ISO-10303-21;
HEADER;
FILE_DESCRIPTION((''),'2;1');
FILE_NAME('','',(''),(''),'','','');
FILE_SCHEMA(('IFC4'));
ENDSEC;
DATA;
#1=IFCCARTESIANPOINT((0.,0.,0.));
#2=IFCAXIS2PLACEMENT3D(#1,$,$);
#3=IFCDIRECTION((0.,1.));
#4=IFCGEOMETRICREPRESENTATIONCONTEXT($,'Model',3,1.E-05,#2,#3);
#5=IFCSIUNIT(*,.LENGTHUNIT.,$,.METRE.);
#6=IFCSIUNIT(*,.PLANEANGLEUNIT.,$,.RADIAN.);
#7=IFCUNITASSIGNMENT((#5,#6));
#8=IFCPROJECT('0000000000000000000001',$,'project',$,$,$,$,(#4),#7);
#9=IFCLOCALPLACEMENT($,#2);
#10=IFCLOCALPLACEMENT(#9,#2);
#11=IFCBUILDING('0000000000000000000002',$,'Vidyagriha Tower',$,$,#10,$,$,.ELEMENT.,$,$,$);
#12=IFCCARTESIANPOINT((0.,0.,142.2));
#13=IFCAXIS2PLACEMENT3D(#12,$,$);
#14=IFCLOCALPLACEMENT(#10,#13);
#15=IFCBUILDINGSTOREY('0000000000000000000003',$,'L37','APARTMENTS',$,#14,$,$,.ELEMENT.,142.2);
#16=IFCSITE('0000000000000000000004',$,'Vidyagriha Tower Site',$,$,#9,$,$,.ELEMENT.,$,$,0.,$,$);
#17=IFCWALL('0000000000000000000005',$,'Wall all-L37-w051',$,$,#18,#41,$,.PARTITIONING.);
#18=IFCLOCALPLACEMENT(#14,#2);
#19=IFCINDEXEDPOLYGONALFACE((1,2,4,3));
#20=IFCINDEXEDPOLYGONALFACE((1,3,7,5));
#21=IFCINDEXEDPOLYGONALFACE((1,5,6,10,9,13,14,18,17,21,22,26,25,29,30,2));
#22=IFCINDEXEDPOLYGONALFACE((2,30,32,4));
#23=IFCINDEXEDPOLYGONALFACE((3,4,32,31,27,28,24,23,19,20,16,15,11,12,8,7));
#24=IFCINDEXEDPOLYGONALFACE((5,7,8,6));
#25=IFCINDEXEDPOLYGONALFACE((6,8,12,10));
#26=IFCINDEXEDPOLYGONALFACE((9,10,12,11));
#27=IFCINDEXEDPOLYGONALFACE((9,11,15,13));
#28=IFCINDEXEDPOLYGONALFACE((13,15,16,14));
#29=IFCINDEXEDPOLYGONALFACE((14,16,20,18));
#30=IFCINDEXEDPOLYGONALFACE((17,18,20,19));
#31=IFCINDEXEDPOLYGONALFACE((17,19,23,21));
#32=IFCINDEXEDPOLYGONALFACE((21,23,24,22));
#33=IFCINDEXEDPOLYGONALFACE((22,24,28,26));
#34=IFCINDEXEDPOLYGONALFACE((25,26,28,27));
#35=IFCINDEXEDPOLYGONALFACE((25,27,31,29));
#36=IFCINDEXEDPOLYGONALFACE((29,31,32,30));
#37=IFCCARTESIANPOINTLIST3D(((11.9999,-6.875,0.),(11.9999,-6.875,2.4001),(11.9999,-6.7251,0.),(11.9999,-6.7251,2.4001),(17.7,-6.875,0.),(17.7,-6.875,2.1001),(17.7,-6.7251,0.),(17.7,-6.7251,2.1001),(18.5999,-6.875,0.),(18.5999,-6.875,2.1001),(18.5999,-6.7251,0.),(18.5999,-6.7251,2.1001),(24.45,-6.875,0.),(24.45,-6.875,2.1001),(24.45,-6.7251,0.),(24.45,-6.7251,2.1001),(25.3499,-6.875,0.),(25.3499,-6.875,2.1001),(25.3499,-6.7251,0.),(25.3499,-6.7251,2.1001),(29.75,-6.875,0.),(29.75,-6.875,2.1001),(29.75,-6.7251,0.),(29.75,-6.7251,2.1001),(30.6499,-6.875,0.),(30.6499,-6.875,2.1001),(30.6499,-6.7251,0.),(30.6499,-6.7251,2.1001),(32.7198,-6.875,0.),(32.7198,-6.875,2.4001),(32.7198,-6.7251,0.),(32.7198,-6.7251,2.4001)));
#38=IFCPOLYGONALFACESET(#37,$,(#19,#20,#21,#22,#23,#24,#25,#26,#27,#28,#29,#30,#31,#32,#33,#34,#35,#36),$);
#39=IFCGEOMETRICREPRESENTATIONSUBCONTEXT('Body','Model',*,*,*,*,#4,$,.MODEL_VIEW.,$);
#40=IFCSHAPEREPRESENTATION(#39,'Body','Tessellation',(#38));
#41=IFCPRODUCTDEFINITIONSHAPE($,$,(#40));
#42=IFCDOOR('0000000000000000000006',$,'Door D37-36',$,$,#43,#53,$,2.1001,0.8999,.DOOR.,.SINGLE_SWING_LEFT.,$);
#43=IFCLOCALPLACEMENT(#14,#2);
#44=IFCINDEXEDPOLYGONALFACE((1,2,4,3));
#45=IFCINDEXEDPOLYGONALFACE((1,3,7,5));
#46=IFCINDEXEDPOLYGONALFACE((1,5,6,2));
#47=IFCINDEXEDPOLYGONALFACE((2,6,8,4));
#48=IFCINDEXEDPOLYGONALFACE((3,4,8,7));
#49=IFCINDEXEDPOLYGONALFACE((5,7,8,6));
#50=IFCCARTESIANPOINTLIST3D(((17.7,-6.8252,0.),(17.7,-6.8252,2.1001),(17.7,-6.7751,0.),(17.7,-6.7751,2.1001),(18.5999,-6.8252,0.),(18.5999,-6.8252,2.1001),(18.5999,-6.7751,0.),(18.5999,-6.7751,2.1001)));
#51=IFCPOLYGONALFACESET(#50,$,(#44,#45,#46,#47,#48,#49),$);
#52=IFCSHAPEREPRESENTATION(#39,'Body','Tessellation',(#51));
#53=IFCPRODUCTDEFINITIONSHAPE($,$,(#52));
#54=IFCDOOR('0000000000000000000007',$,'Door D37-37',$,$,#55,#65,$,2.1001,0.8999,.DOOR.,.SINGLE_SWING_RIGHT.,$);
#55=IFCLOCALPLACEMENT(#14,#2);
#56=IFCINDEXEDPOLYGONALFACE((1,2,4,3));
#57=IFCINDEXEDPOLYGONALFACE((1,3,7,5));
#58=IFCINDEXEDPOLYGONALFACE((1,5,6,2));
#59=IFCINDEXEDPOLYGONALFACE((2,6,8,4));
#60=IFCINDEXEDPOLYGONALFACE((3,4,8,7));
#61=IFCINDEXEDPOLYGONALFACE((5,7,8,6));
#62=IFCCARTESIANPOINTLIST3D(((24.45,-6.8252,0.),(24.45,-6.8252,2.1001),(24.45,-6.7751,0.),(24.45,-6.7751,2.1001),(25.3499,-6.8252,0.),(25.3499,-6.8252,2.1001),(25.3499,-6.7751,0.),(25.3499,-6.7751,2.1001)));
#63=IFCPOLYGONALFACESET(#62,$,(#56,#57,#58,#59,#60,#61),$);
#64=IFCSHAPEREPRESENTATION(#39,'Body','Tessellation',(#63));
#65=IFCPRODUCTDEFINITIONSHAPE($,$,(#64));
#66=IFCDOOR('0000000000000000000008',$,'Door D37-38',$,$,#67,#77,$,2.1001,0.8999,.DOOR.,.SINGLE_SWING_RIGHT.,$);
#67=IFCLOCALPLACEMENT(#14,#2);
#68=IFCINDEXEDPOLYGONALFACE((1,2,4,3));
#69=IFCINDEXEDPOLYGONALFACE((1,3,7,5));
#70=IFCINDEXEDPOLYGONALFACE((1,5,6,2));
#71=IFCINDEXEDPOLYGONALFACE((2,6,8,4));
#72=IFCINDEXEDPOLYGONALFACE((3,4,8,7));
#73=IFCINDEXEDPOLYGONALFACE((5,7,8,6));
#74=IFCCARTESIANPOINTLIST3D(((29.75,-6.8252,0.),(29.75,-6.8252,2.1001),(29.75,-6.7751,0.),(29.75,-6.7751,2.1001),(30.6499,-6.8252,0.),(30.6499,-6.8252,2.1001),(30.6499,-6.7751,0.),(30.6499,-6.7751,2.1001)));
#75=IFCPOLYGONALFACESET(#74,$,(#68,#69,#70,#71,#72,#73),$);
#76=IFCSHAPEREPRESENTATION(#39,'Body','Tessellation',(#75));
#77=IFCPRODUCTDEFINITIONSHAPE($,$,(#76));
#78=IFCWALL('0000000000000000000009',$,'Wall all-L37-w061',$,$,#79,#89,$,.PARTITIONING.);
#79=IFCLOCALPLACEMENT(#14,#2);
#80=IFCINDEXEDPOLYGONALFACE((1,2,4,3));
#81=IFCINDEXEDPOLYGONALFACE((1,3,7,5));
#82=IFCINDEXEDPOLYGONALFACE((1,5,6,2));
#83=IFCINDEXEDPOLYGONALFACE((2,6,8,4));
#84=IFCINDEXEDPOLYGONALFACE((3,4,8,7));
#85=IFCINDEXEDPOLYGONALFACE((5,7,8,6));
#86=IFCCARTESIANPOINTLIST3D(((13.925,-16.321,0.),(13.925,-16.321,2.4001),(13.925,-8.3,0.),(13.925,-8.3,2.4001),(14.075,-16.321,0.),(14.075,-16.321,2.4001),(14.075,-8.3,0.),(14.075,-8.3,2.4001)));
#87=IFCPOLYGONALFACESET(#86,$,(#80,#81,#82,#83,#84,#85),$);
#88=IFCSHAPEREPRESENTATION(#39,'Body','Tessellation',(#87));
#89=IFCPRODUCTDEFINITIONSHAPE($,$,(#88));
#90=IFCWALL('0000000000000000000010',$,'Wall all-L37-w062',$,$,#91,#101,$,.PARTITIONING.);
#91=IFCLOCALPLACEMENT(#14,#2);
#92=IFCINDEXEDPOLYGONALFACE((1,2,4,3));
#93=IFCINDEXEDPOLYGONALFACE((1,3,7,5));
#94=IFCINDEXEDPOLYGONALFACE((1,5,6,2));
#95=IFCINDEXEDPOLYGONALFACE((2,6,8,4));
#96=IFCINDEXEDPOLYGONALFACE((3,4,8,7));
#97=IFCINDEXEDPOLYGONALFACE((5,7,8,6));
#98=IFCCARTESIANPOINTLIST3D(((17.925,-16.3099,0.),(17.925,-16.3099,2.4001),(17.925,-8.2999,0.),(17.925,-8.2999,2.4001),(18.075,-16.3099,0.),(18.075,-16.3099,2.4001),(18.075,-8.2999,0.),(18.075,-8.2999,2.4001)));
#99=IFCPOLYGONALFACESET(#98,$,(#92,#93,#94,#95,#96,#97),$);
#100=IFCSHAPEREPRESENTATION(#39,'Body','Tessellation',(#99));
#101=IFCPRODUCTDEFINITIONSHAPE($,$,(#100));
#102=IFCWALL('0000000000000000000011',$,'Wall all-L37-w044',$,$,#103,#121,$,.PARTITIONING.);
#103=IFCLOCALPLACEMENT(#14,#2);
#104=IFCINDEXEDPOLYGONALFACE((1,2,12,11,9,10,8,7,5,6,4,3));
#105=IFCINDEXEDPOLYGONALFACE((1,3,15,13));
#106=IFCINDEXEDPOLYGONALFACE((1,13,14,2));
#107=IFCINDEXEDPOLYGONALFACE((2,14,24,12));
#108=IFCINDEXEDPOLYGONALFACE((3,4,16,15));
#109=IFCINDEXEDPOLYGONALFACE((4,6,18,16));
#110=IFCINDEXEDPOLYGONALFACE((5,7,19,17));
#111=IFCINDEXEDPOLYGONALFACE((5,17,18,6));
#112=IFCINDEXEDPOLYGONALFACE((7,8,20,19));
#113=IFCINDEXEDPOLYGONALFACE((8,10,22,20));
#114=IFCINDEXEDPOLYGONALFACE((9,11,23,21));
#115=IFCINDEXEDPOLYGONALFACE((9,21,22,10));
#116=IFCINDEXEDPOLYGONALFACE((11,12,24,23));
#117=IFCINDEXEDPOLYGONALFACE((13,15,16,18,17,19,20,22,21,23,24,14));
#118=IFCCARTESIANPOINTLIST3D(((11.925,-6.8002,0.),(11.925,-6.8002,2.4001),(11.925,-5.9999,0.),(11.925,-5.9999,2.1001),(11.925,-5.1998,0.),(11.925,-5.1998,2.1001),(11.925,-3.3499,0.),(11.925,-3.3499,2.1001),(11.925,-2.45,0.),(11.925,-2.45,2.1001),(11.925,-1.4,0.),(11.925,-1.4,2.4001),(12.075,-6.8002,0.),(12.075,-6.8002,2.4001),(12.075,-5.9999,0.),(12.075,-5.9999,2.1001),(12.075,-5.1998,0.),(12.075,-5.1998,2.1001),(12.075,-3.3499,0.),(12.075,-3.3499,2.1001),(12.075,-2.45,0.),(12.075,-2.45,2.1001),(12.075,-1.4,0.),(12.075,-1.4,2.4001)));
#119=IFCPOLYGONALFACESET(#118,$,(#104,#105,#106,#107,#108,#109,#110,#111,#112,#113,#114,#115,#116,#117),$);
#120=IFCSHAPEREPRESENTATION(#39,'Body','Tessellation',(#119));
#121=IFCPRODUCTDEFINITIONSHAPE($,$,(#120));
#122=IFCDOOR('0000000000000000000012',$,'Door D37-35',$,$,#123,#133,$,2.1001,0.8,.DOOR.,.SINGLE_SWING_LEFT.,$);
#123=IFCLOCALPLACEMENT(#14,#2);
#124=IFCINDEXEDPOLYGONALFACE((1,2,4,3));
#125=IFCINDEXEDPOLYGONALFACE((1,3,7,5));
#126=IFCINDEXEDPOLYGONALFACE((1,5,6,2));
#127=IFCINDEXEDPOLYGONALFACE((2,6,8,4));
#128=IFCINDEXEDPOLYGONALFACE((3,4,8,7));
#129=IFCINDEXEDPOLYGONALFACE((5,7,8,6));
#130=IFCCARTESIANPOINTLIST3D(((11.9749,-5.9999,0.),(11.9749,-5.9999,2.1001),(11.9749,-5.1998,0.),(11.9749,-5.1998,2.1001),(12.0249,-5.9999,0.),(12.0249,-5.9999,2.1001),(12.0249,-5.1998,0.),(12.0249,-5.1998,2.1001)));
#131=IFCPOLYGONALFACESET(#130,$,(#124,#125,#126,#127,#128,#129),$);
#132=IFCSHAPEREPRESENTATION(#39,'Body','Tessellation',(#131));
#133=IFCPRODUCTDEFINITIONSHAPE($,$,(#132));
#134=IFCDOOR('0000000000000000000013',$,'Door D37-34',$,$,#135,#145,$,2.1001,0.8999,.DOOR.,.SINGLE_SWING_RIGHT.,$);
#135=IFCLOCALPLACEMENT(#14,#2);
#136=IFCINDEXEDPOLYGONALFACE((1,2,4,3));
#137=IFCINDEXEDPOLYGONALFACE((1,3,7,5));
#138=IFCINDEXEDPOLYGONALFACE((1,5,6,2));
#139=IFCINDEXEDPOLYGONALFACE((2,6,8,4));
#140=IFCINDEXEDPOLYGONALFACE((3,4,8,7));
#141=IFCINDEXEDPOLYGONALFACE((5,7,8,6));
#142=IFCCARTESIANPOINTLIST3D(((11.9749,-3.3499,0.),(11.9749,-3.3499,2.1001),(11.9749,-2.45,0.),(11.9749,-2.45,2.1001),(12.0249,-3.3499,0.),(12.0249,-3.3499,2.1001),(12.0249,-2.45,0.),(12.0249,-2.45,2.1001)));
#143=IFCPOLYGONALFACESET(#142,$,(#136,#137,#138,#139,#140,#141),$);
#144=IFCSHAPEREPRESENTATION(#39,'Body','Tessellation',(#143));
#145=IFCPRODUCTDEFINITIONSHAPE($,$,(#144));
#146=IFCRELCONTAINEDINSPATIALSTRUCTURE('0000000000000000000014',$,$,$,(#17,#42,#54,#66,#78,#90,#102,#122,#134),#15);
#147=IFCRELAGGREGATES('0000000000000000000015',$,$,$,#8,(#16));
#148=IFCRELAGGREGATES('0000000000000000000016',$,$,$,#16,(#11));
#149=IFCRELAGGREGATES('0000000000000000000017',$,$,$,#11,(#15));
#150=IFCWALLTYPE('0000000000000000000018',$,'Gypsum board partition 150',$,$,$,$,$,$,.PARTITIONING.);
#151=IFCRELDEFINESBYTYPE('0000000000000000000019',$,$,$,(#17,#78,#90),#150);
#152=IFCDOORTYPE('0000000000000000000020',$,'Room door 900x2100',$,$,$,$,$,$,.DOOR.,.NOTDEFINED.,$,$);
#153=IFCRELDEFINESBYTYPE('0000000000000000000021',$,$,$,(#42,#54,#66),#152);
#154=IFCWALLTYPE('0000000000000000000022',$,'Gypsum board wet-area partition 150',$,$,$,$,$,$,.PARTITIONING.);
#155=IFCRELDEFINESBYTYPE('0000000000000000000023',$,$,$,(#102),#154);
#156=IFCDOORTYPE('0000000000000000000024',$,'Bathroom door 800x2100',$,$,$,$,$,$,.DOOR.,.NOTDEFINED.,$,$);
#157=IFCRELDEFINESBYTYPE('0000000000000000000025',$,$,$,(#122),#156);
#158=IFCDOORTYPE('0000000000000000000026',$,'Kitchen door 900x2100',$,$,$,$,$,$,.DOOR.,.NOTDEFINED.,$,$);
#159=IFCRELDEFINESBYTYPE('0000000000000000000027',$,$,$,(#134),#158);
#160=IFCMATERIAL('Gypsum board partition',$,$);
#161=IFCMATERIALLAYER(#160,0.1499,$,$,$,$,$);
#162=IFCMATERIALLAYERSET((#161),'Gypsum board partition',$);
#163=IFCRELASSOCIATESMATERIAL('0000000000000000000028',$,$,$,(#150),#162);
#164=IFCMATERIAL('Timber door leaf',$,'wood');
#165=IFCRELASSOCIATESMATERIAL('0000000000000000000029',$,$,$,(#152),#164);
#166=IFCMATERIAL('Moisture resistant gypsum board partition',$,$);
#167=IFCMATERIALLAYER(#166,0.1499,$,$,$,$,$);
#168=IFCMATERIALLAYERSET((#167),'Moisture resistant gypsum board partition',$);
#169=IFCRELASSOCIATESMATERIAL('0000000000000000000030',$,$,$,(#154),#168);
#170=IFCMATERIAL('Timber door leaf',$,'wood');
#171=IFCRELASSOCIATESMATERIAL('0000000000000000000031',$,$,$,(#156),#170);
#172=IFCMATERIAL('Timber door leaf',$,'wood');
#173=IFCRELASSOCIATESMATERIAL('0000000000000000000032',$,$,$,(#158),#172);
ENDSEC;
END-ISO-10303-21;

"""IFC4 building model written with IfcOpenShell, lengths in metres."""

from ifc_helpers import new_model, si_unit, direction, frame, frame_2d, origin, place, context, subcontext, project, spatial, rectangle, extrude, material, layer, layer_set, type_object, element, fill, save


model = new_model("IFC4")

# Units and contexts
model_context = context("Model", 3, precision=1e-05, world=origin(), true_north=direction((0.0, 1.0)))
body_context = subcontext(model_context, "Body", "Model", "MODEL_VIEW")
ifc_project = project(units=[si_unit("LENGTHUNIT", "METRE"), si_unit("PLANEANGLEUNIT", "RADIAN")], contexts=[model_context])

# Site, building, storey
site_placement = place(None, origin())
site = spatial("IfcSite", under=ifc_project, at=site_placement, Name="Vidyagriha Tower Site", CompositionType="ELEMENT", RefElevation=0.0)
building_placement = place(site_placement, origin())
building = spatial("IfcBuilding", under=site, at=building_placement, Name="Vidyagriha Tower", CompositionType="ELEMENT")
storey_placement = place(building_placement, frame((0.0, 0.0, 142.2)))
storey = spatial("IfcBuildingStorey", under=building, at=storey_placement, Name="L37", Description="APARTMENTS", CompositionType="ELEMENT", Elevation=142.2)

# Shared definitions
ifc_material_1 = material(Name="Gypsum board partition")
ifc_layer_1 = layer(ifc_material_1, 0.1499)
ifc_layer_set_1 = layer_set([ifc_layer_1], Name="Gypsum board partition")
wall_type_1 = type_object("IfcWallType", Name="Gypsum board partition 150", PredefinedType="PARTITIONING", material=ifc_layer_set_1)

# Wall, openings, doors
wall_1_placement = place(storey_placement, frame((12.0, -6.8, 0.0)))
wall_1 = element("IfcWall", 1, at=wall_1_placement, inside=storey, type_object=wall_type_1, Name="Wall all-L37-w051", PredefinedType="PARTITIONING", context=body_context, shape_type="SweptSolid", body=[
    extrude(rectangle(XDim=20.72, YDim=0.1499, at=frame_2d((10.3599, 0.0))), origin(), (0.0, 0.0, 1.0), 2.4001),
])
opening_1_placement = place(wall_1_placement, frame((5.7, 0.0, 0.0)))
opening_1 = element("IfcOpeningElement", 2, at=opening_1_placement, cuts=wall_1, PredefinedType="OPENING", context=body_context, shape_type="SweptSolid", body=[
    extrude(rectangle(XDim=0.8999, YDim=2.1001, at=frame_2d((0.45, 1.05))), frame((0.0, 0.085, 0.0), z_axis=(0.0, -1.0, 0.0), x_axis=(1.0, 0.0, 0.0)), (0.0, 0.0, 1.0), 0.1699),
])
opening_2_placement = place(wall_1_placement, frame((12.45, 0.0, 0.0)))
opening_2 = element("IfcOpeningElement", 3, at=opening_2_placement, cuts=wall_1, PredefinedType="OPENING", context=body_context, shape_type="SweptSolid", body=[
    extrude(rectangle(XDim=0.8999, YDim=2.1001, at=frame_2d((0.45, 1.05))), frame((0.0, 0.085, 0.0), z_axis=(0.0, -1.0, 0.0), x_axis=(1.0, 0.0, 0.0)), (0.0, 0.0, 1.0), 0.1699),
])
opening_3_placement = place(wall_1_placement, frame((17.75, 0.0, 0.0)))
opening_3 = element("IfcOpeningElement", 4, at=opening_3_placement, cuts=wall_1, PredefinedType="OPENING", context=body_context, shape_type="SweptSolid", body=[
    extrude(rectangle(XDim=0.8999, YDim=2.1001, at=frame_2d((0.45, 1.05))), frame((0.0, 0.085, 0.0), z_axis=(0.0, -1.0, 0.0), x_axis=(1.0, 0.0, 0.0)), (0.0, 0.0, 1.0), 0.1699),
])
ifc_material_2 = material(Name="Timber door leaf", Category="wood")
door_type_1 = type_object("IfcDoorType", Name="Room door 900x2100", OperationType="NOTDEFINED", PredefinedType="DOOR", material=ifc_material_2)
door_1_placement = place(opening_1_placement, origin())
door_1 = element("IfcDoor", 5, at=door_1_placement, inside=storey, type_object=door_type_1, Name="Door D37-36", OperationType="SINGLE_SWING_LEFT", OverallHeight=2.1001, OverallWidth=0.8999, PredefinedType="DOOR", context=body_context, shape_type="SweptSolid", body=[
    extrude(rectangle(XDim=0.8999, YDim=2.1001, at=frame_2d((0.45, 1.05))), frame((0.0, 0.0249, 0.0), z_axis=(0.0, -1.0, 0.0), x_axis=(1.0, 0.0, 0.0)), (0.0, 0.0, 1.0), 0.05),
])
fill(opening_1, door_1)
door_2_placement = place(opening_2_placement, origin())
door_2 = element("IfcDoor", 6, at=door_2_placement, inside=storey, type_object=door_type_1, Name="Door D37-37", OperationType="SINGLE_SWING_RIGHT", OverallHeight=2.1001, OverallWidth=0.8999, PredefinedType="DOOR", context=body_context, shape_type="SweptSolid", body=[
    extrude(rectangle(XDim=0.8999, YDim=2.1001, at=frame_2d((0.45, 1.05))), frame((0.0, 0.0249, 0.0), z_axis=(0.0, -1.0, 0.0), x_axis=(1.0, 0.0, 0.0)), (0.0, 0.0, 1.0), 0.05),
])
fill(opening_2, door_2)
door_3_placement = place(opening_3_placement, origin())
door_3 = element("IfcDoor", 7, at=door_3_placement, inside=storey, type_object=door_type_1, Name="Door D37-38", OperationType="SINGLE_SWING_RIGHT", OverallHeight=2.1001, OverallWidth=0.8999, PredefinedType="DOOR", context=body_context, shape_type="SweptSolid", body=[
    extrude(rectangle(XDim=0.8999, YDim=2.1001, at=frame_2d((0.45, 1.05))), frame((0.0, 0.0249, 0.0), z_axis=(0.0, -1.0, 0.0), x_axis=(1.0, 0.0, 0.0)), (0.0, 0.0, 1.0), 0.05),
])
fill(opening_3, door_3)

# Walls
wall_2_placement = place(storey_placement, frame((14.0, -8.3, 0.0), z_axis=(0.0, 0.0, 1.0), x_axis=(0.0, -1.0, 0.0)))
element("IfcWall", 8, at=wall_2_placement, inside=storey, type_object=wall_type_1, Name="Wall all-L37-w061", PredefinedType="PARTITIONING", context=body_context, shape_type="SweptSolid", body=[
    extrude(rectangle(XDim=8.021, YDim=0.1499, at=frame_2d((4.0105, 0.0))), origin(), (0.0, 0.0, 1.0), 2.4001),
])
wall_3_placement = place(storey_placement, frame((18.0, -8.3, 0.0), z_axis=(0.0, 0.0, 1.0), x_axis=(0.0, -1.0, 0.0)))
element("IfcWall", 9, at=wall_3_placement, inside=storey, type_object=wall_type_1, Name="Wall all-L37-w062", PredefinedType="PARTITIONING", context=body_context, shape_type="SweptSolid", body=[
    extrude(rectangle(XDim=8.01, YDim=0.1499, at=frame_2d((4.0049, 0.0))), origin(), (0.0, 0.0, 1.0), 2.4001),
])

# Wall, openings, doors
ifc_material_3 = material(Name="Moisture resistant gypsum board partition")
ifc_layer_2 = layer(ifc_material_3, 0.1499)
ifc_layer_set_2 = layer_set([ifc_layer_2], Name="Moisture resistant gypsum board partition")
wall_type_2 = type_object("IfcWallType", Name="Gypsum board wet-area partition 150", PredefinedType="PARTITIONING", material=ifc_layer_set_2)
wall_4_placement = place(storey_placement, frame((12.0, -1.3999, 0.0), z_axis=(0.0, 0.0, 1.0), x_axis=(0.0, -1.0, 0.0)))
wall_4 = element("IfcWall", 10, at=wall_4_placement, inside=storey, type_object=wall_type_2, Name="Wall all-L37-w044", PredefinedType="PARTITIONING", context=body_context, shape_type="SweptSolid", body=[
    extrude(rectangle(XDim=5.4001, YDim=0.1499, at=frame_2d((2.7002, 0.0))), origin(), (0.0, 0.0, 1.0), 2.4001),
])
opening_4_placement = place(wall_4_placement, frame((1.05, 0.0, 0.0)))
opening_4 = element("IfcOpeningElement", 11, at=opening_4_placement, cuts=wall_4, PredefinedType="OPENING", context=body_context, shape_type="SweptSolid", body=[
    extrude(rectangle(XDim=0.8999, YDim=2.1001, at=frame_2d((0.45, 1.05))), frame((0.0, 0.085, 0.0), z_axis=(0.0, -1.0, 0.0), x_axis=(1.0, 0.0, 0.0)), (0.0, 0.0, 1.0), 0.1699),
])
opening_5_placement = place(wall_4_placement, frame((3.8, 0.0, 0.0)))
opening_5 = element("IfcOpeningElement", 12, at=opening_5_placement, cuts=wall_4, PredefinedType="OPENING", context=body_context, shape_type="SweptSolid", body=[
    extrude(rectangle(XDim=0.8, YDim=2.1001, at=frame_2d((0.3999, 1.05))), frame((0.0, 0.085, 0.0), z_axis=(0.0, -1.0, 0.0), x_axis=(1.0, 0.0, 0.0)), (0.0, 0.0, 1.0), 0.1699),
])
ifc_material_4 = material(Name="Timber door leaf", Category="wood")
door_type_2 = type_object("IfcDoorType", Name="Bathroom door 800x2100", OperationType="NOTDEFINED", PredefinedType="DOOR", material=ifc_material_4)
door_4_placement = place(opening_5_placement, origin())
door_4 = element("IfcDoor", 13, at=door_4_placement, inside=storey, type_object=door_type_2, Name="Door D37-35", OperationType="SINGLE_SWING_LEFT", OverallHeight=2.1001, OverallWidth=0.8, PredefinedType="DOOR", context=body_context, shape_type="SweptSolid", body=[
    extrude(rectangle(XDim=0.8, YDim=2.1001, at=frame_2d((0.3999, 1.05))), frame((0.0, 0.0249, 0.0), z_axis=(0.0, -1.0, 0.0), x_axis=(1.0, 0.0, 0.0)), (0.0, 0.0, 1.0), 0.05),
])
fill(opening_5, door_4)
ifc_material_5 = material(Name="Timber door leaf", Category="wood")
door_type_3 = type_object("IfcDoorType", Name="Kitchen door 900x2100", OperationType="NOTDEFINED", PredefinedType="DOOR", material=ifc_material_5)
door_5_placement = place(opening_4_placement, origin())
door_5 = element("IfcDoor", 14, at=door_5_placement, inside=storey, type_object=door_type_3, Name="Door D37-34", OperationType="SINGLE_SWING_RIGHT", OverallHeight=2.1001, OverallWidth=0.8999, PredefinedType="DOOR", context=body_context, shape_type="SweptSolid", body=[
    extrude(rectangle(XDim=0.8999, YDim=2.1001, at=frame_2d((0.45, 1.05))), frame((0.0, 0.0249, 0.0), z_axis=(0.0, -1.0, 0.0), x_axis=(1.0, 0.0, 0.0)), (0.0, 0.0, 1.0), 0.05),
])
fill(opening_4, door_5)

save(model, "model.ifc")
